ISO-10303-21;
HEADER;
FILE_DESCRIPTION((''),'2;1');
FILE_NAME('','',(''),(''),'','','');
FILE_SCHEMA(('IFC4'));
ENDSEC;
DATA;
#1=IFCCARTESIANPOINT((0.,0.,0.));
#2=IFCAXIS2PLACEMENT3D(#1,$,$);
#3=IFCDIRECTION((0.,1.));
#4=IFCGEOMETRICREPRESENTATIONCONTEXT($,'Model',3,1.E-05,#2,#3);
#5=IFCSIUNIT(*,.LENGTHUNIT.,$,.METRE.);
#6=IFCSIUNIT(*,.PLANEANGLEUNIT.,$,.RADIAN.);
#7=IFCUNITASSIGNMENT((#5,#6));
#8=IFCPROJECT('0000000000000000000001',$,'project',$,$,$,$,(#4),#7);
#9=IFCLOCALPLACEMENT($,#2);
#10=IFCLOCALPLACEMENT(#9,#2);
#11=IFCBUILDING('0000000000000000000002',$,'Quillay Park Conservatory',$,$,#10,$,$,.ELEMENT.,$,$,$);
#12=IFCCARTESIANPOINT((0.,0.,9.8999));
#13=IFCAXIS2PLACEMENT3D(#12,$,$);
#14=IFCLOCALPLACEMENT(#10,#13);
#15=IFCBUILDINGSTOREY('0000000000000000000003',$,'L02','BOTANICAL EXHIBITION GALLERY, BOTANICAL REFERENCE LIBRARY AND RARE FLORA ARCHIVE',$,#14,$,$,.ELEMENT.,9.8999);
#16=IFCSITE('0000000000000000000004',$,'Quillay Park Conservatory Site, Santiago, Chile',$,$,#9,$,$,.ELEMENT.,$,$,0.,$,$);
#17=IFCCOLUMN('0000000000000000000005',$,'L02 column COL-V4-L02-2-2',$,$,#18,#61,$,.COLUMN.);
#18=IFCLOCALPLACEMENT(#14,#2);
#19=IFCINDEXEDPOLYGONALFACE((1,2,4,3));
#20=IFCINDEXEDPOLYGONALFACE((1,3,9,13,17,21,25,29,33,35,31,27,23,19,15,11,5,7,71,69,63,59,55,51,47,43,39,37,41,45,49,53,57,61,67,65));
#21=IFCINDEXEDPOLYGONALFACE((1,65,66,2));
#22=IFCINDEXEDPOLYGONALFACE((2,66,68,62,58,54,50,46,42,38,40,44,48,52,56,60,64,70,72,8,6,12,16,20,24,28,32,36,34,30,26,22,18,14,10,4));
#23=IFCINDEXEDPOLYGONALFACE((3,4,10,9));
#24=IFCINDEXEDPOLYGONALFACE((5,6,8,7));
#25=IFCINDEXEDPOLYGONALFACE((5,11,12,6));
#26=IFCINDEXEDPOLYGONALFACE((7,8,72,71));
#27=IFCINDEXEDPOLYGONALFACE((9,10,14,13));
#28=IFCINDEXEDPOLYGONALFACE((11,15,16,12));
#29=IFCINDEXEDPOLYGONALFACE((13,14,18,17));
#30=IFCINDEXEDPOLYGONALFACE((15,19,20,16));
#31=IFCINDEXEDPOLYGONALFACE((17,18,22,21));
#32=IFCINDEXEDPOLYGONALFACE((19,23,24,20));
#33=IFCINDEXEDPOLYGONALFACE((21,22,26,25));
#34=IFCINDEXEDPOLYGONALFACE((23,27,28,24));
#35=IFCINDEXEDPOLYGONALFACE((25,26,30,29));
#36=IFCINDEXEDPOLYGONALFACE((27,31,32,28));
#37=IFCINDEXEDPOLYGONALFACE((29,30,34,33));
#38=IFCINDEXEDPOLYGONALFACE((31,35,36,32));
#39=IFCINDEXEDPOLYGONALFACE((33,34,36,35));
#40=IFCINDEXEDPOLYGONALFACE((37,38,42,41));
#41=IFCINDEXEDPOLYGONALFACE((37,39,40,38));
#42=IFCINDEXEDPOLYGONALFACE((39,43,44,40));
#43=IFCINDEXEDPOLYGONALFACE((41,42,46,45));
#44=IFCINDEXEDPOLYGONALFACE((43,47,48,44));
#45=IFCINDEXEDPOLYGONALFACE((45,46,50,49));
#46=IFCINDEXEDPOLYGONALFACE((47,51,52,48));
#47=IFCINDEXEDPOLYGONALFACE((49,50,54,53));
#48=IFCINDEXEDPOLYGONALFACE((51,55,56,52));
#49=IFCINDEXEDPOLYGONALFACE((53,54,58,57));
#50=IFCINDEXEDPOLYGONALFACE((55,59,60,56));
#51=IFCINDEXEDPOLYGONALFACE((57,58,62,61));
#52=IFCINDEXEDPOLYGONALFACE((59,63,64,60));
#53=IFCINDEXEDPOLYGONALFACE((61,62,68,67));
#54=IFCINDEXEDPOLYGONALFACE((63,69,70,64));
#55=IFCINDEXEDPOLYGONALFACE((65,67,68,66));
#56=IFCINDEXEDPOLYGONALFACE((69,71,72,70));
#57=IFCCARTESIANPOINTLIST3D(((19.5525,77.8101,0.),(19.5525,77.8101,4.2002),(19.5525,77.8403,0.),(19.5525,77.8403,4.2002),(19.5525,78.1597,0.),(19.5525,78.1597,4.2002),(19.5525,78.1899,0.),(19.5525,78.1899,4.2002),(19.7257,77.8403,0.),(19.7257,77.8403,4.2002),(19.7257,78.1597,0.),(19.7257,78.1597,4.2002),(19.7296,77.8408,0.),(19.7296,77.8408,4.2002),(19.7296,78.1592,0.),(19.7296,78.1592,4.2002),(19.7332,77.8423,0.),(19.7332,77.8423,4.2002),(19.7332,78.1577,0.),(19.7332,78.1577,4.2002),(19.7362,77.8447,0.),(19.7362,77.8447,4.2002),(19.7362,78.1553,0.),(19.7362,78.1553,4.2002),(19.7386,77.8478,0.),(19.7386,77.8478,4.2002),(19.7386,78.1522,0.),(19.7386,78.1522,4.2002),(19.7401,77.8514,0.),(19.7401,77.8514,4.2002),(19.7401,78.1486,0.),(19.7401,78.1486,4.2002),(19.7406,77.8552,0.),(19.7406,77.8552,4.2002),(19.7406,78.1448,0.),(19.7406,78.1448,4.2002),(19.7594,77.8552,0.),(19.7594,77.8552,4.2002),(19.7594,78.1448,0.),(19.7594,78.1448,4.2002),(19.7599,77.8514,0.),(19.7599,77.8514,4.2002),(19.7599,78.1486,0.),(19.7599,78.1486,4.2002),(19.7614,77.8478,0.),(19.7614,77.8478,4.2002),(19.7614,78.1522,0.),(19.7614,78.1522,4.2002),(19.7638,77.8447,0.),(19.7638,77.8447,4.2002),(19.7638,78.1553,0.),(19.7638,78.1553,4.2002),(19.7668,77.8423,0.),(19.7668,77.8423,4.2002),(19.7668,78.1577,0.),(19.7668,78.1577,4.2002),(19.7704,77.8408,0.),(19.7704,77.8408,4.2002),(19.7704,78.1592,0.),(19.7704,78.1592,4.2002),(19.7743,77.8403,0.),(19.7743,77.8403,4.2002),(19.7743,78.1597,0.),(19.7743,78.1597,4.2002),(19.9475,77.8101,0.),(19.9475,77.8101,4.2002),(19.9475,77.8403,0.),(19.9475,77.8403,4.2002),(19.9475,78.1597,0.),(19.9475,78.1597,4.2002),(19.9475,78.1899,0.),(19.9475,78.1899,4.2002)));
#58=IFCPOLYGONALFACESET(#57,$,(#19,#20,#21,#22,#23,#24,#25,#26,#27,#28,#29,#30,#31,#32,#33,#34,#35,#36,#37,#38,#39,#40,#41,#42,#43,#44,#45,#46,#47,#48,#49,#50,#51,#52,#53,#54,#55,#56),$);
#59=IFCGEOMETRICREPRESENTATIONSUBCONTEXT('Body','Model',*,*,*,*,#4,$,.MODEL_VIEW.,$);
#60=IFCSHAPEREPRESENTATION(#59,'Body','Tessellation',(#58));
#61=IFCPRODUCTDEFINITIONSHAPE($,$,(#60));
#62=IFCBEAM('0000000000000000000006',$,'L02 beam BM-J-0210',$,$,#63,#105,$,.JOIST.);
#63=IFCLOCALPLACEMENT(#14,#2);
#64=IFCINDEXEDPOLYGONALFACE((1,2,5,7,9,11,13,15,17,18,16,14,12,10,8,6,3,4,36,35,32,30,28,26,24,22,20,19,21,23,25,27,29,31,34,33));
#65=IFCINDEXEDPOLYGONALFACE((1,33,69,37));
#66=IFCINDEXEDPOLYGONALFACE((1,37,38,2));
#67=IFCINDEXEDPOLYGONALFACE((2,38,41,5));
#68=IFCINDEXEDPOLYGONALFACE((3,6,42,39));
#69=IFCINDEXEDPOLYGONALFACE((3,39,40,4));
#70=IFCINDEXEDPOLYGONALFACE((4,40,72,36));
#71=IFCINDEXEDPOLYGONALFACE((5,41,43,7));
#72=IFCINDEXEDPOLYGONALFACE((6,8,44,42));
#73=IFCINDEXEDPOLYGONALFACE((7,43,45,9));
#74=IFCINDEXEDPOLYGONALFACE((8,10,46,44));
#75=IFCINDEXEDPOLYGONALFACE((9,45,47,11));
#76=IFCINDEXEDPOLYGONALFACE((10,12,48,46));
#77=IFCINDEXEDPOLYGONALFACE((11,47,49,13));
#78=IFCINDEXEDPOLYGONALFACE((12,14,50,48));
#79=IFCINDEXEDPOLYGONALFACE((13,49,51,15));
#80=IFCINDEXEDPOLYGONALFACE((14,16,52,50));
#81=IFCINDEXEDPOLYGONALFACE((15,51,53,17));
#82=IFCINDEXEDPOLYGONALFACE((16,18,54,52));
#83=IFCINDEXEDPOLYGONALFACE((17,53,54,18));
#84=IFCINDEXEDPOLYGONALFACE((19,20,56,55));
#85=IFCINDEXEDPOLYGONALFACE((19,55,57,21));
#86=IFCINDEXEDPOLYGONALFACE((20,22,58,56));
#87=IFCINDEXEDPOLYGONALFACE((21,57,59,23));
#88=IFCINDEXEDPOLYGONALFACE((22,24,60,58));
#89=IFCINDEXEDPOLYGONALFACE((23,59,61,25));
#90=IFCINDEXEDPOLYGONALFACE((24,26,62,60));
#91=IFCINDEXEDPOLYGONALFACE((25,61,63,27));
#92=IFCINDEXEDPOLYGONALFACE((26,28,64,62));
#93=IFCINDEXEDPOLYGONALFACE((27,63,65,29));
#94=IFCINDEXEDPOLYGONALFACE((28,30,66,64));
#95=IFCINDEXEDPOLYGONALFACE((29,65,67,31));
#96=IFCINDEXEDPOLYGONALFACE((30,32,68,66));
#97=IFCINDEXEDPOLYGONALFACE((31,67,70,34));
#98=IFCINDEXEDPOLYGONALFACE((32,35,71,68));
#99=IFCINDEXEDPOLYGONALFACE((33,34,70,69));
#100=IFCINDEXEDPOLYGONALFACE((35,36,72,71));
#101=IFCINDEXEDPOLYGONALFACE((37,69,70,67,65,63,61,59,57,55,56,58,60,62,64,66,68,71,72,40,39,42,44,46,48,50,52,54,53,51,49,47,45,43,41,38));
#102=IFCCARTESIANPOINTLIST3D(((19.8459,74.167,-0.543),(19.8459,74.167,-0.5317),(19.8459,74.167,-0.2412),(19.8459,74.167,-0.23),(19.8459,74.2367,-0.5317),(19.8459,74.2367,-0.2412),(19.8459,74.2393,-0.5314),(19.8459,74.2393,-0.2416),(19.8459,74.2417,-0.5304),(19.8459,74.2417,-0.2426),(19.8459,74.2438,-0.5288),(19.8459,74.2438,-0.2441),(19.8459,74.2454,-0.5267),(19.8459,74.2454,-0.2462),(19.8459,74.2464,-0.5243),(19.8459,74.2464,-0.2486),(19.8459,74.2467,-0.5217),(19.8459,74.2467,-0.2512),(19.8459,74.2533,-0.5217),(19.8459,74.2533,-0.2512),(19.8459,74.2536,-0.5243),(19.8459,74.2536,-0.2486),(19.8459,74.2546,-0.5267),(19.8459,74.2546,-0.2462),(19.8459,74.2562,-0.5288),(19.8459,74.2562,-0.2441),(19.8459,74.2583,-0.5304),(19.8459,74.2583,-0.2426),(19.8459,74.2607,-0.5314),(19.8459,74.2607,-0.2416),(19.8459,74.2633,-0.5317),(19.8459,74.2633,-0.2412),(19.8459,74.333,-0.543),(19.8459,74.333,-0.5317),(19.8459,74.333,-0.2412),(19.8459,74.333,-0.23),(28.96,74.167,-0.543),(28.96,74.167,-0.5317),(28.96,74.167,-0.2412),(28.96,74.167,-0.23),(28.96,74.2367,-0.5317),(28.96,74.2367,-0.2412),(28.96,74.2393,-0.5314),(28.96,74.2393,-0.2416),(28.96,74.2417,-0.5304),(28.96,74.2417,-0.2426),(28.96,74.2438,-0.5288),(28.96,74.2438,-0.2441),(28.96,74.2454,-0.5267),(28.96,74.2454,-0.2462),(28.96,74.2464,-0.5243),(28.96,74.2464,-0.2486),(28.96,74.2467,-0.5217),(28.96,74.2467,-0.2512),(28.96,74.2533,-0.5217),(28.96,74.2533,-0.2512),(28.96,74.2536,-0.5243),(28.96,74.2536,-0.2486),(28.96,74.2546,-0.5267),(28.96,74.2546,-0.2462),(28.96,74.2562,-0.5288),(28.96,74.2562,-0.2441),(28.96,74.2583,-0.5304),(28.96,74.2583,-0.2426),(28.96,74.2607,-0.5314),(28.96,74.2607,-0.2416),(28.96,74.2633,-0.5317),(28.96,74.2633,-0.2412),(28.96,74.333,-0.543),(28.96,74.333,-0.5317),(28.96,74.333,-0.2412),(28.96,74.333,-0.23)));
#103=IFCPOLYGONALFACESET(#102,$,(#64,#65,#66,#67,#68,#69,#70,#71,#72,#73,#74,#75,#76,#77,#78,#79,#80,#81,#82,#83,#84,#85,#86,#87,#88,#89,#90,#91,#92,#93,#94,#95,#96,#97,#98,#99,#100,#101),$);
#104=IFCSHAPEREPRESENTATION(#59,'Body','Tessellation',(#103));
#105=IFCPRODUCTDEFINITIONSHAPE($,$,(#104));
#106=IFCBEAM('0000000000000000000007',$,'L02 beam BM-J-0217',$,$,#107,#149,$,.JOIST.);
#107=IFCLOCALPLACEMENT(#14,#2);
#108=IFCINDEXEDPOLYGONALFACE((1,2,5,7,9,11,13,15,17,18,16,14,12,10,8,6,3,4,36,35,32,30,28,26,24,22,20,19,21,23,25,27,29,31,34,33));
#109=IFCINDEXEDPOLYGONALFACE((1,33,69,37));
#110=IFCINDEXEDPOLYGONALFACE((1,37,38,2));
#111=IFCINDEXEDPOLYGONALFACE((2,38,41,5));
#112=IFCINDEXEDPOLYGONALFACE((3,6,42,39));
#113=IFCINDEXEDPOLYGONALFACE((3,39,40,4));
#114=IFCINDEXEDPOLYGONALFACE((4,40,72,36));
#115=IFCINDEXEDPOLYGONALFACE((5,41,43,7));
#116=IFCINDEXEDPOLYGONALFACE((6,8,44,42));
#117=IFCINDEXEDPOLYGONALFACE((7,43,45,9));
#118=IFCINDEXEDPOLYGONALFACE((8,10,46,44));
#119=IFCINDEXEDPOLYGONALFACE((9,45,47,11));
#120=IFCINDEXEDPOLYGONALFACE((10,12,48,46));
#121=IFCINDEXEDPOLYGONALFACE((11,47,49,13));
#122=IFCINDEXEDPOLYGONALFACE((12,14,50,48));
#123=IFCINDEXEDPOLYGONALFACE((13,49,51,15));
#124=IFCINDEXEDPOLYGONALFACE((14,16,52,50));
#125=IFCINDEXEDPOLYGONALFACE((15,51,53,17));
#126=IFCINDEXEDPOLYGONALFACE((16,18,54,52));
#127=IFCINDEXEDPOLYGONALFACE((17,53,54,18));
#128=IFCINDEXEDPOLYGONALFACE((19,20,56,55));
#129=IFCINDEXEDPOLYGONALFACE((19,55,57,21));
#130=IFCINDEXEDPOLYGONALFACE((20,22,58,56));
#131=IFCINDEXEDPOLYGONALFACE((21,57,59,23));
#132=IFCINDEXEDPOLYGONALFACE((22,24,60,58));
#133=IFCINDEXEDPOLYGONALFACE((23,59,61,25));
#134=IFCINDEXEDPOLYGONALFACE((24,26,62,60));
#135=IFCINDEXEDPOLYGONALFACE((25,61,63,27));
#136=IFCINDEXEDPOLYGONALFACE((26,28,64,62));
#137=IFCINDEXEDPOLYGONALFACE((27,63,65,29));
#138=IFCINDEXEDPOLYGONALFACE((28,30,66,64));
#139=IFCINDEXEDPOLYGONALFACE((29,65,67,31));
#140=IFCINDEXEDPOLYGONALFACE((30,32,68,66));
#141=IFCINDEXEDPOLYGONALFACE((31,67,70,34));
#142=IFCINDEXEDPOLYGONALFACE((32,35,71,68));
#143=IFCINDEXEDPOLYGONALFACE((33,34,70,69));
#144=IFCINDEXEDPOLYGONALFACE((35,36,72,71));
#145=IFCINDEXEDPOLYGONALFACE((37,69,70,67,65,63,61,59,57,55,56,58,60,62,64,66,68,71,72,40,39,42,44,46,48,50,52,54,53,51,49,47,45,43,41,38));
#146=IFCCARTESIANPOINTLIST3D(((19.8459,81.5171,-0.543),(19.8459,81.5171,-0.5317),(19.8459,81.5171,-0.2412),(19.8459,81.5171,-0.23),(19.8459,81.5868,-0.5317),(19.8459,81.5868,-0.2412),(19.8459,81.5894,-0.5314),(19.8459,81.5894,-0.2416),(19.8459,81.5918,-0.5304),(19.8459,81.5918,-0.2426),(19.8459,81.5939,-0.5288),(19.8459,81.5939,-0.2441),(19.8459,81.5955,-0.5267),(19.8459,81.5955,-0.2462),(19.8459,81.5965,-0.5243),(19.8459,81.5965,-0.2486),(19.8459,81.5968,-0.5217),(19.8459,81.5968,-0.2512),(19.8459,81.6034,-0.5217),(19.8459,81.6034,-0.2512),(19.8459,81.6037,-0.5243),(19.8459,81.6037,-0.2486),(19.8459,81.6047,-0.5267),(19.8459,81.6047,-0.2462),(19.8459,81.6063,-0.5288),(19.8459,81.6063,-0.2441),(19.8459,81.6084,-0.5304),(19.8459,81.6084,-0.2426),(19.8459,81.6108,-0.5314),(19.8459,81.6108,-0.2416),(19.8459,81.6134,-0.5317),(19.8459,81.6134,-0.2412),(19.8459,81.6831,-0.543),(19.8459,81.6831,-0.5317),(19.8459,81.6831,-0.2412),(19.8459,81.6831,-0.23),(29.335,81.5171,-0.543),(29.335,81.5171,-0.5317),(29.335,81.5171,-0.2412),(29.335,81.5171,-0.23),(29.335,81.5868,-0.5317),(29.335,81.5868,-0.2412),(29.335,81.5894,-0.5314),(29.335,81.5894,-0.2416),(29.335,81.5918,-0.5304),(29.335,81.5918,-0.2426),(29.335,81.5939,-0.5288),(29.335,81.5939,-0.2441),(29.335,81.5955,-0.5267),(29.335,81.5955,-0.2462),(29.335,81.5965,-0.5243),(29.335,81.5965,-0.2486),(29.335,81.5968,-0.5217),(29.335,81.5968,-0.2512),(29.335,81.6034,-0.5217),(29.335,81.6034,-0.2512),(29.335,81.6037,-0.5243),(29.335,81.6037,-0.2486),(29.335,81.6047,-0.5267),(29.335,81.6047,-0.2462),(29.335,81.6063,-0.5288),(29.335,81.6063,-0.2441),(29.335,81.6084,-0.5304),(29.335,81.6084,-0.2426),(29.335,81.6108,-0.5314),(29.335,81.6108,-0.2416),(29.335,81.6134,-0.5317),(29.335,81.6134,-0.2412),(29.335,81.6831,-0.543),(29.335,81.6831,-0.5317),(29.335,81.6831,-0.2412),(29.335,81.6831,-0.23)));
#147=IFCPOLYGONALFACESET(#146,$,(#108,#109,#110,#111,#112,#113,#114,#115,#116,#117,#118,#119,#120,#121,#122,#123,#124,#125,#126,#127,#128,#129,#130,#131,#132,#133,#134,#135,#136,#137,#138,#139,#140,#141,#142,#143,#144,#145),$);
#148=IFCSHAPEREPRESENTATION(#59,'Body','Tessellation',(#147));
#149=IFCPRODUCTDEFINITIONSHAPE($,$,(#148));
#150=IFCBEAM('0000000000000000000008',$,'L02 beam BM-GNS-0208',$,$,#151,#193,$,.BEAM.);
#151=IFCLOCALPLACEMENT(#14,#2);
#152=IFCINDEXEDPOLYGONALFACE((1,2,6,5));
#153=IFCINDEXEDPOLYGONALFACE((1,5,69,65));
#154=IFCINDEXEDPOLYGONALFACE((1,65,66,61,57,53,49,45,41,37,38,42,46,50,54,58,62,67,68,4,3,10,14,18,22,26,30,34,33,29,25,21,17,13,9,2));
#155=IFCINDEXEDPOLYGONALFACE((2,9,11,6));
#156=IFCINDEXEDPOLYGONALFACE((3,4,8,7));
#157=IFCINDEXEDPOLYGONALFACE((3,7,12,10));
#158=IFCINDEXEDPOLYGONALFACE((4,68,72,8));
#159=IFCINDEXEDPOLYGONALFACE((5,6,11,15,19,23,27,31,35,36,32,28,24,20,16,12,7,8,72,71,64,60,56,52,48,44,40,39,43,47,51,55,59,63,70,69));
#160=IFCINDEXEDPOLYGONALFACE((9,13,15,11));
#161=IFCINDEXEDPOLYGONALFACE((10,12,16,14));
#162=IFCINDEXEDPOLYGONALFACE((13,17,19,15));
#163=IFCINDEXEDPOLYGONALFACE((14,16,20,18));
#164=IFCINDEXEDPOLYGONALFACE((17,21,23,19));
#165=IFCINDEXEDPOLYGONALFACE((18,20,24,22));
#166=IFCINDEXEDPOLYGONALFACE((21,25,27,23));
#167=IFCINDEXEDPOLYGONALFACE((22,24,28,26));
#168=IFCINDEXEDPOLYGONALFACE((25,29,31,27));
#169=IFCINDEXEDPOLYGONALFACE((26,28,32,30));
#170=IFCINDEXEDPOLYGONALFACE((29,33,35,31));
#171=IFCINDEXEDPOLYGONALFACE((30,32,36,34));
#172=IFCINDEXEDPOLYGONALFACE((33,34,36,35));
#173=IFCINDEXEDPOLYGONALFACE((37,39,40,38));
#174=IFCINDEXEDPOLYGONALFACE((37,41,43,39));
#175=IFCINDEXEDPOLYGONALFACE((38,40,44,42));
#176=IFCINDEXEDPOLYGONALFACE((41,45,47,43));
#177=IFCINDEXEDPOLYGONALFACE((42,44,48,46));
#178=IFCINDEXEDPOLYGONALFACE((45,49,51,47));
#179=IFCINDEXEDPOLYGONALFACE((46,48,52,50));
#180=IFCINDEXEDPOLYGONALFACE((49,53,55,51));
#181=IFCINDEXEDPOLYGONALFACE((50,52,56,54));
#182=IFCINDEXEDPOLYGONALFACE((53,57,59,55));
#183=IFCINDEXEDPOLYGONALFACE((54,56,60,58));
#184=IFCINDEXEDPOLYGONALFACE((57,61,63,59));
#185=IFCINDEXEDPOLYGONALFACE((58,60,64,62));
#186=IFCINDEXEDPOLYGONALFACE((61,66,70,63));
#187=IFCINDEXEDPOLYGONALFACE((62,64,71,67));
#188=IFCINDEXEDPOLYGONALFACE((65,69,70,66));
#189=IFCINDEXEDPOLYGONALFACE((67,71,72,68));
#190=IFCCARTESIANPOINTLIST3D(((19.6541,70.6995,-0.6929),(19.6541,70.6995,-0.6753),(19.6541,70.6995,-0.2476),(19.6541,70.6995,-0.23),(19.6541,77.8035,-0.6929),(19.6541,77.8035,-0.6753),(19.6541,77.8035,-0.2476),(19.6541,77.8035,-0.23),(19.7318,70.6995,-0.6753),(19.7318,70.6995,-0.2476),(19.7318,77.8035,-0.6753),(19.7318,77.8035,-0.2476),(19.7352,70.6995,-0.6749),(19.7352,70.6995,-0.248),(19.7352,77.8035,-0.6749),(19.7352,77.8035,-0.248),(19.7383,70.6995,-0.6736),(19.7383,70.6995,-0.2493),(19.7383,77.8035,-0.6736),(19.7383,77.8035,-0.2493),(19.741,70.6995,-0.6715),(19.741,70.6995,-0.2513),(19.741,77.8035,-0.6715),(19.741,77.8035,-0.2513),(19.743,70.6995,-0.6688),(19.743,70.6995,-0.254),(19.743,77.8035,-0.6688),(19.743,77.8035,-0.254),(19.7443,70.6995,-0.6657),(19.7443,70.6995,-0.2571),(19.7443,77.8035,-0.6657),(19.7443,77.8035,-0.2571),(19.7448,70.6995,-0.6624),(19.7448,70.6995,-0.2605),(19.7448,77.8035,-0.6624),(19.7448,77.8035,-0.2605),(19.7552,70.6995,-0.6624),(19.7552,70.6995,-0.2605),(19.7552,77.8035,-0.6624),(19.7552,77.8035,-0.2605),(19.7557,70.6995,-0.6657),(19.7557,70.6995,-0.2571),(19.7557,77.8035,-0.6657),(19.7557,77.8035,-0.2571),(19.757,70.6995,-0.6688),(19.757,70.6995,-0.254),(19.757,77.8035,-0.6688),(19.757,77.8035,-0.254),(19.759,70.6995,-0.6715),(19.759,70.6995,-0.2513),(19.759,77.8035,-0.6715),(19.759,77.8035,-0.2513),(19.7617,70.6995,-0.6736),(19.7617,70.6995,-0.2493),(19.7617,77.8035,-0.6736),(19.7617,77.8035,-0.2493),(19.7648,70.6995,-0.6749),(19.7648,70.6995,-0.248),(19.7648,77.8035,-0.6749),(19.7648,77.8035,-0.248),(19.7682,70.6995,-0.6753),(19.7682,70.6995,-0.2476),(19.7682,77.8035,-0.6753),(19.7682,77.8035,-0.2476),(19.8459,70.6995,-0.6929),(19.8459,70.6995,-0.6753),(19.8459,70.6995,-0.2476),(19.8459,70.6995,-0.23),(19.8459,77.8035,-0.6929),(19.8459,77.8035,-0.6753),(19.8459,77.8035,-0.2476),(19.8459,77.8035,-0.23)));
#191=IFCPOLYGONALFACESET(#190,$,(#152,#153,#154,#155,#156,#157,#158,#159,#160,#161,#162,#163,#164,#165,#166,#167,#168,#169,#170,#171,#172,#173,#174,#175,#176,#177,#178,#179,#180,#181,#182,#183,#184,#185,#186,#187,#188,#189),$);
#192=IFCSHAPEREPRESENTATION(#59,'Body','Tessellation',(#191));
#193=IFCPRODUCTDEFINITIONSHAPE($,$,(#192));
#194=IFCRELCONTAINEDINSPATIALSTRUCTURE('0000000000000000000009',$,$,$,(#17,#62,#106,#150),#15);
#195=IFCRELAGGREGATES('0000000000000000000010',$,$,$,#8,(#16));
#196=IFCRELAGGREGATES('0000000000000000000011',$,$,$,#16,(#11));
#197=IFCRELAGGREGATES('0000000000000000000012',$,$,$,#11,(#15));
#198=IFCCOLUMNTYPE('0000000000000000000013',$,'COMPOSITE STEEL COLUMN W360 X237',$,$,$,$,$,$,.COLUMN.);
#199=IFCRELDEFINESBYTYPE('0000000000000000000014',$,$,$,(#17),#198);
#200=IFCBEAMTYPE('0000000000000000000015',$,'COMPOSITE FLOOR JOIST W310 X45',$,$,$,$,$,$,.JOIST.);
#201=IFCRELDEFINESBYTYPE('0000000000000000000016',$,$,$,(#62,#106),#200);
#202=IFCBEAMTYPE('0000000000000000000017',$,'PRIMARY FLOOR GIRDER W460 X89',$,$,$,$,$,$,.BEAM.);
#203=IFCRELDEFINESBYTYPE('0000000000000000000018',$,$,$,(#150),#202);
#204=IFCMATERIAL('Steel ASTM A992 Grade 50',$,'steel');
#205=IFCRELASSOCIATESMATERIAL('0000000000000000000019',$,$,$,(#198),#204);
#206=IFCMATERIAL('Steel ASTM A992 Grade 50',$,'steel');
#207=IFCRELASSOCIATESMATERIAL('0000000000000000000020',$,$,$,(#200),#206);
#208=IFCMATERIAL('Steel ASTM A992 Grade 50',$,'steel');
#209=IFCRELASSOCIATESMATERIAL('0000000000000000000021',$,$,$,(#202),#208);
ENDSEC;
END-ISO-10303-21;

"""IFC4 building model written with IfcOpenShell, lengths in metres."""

from ifc_helpers import new_model, si_unit, direction, frame, origin, origin_2d, place, context, subcontext, project, spatial, i_section, extrude, material, material_profile, profile_set, type_object, element, save


model = new_model("IFC4")

# Units and contexts
model_context = context("Model", 3, precision=1e-05, world=origin(), true_north=direction((0.0, 1.0)))
body_context = subcontext(model_context, "Body", "Model", "MODEL_VIEW")
ifc_project = project(units=[si_unit("LENGTHUNIT", "METRE"), si_unit("PLANEANGLEUNIT", "RADIAN")], contexts=[model_context])

# Site, building, storey
site_placement = place(None, origin())
site = spatial("IfcSite", under=ifc_project, at=site_placement, Name="Quillay Park Conservatory Site, Santiago, Chile", CompositionType="ELEMENT", RefElevation=0.0)
building_placement = place(site_placement, origin())
building = spatial("IfcBuilding", under=site, at=building_placement, Name="Quillay Park Conservatory", CompositionType="ELEMENT")
storey_placement = place(building_placement, frame((0.0, 0.0, 9.8999)))
storey = spatial("IfcBuildingStorey", under=building, at=storey_placement, Name="L02", Description="BOTANICAL EXHIBITION GALLERY, BOTANICAL REFERENCE LIBRARY AND RARE FLORA ARCHIVE", CompositionType="ELEMENT", Elevation=9.8999)

# Column
ifc_material_1 = material(Name="Steel ASTM A992 Grade 50", Category="steel")
ifc_material_profile_1 = material_profile(ifc_material_1, i_section(OverallWidth=0.395, OverallDepth=0.3799, WebThickness=0.0188, FlangeThickness=0.0303, FilletRadius=0.0149, at=origin_2d()), Name="W360x237")
ifc_profile_set_1 = profile_set([ifc_material_profile_1], Name="Steel ASTM A992 Grade 50")
column_type = type_object("IfcColumnType", Name="COMPOSITE STEEL COLUMN W360 X237", PredefinedType="COLUMN", material=ifc_profile_set_1)
column_placement = place(storey_placement, frame((19.75, 78.0, 0.0), z_axis=(0.0, 0.0, 1.0), x_axis=(1.0, 0.0, 0.0)))
element("IfcColumn", 1, at=column_placement, inside=storey, type_object=column_type, Name="L02 column COL-V4-L02-2-2", PredefinedType="COLUMN", context=body_context, shape_type="SweptSolid", body=[
    extrude(i_section(OverallWidth=0.395, OverallDepth=0.3799, WebThickness=0.0188, FlangeThickness=0.0303, FilletRadius=0.0149, at=origin_2d()), origin(), (0.0, 0.0, 1.0), 4.2002),
])

# Beams
ifc_material_2 = material(Name="Steel ASTM A992 Grade 50", Category="steel")
ifc_material_profile_2 = material_profile(ifc_material_2, i_section(OverallWidth=0.166, OverallDepth=0.313, WebThickness=0.0066, FlangeThickness=0.0112, FilletRadius=0.01, at=origin_2d()), Name="W310x45")
ifc_profile_set_2 = profile_set([ifc_material_profile_2], Name="Steel ASTM A992 Grade 50")
beam_type_1 = type_object("IfcBeamType", Name="COMPOSITE FLOOR JOIST W310 X45", PredefinedType="JOIST", material=ifc_profile_set_2)
beam_1_placement = place(storey_placement, frame((19.8459, 74.25, -0.3865), z_axis=(1.0, 0.0, 0.0), x_axis=(0.0, 1.0, 0.0)))
element("IfcBeam", 2, at=beam_1_placement, inside=storey, type_object=beam_type_1, Name="L02 beam BM-J-0210", PredefinedType="JOIST", context=body_context, shape_type="SweptSolid", body=[
    extrude(i_section(OverallWidth=0.166, OverallDepth=0.313, WebThickness=0.0066, FlangeThickness=0.0112, FilletRadius=0.01, at=origin_2d()), origin(), (0.0, 0.0, 1.0), 9.114),
])
beam_2_placement = place(storey_placement, frame((19.8459, 81.6001, -0.3865), z_axis=(1.0, 0.0, 0.0), x_axis=(0.0, 1.0, 0.0)))
element("IfcBeam", 3, at=beam_2_placement, inside=storey, type_object=beam_type_1, Name="L02 beam BM-J-0217", PredefinedType="JOIST", context=body_context, shape_type="SweptSolid", body=[
    extrude(i_section(OverallWidth=0.166, OverallDepth=0.313, WebThickness=0.0066, FlangeThickness=0.0112, FilletRadius=0.01, at=origin_2d()), origin(), (0.0, 0.0, 1.0), 9.489),
])
ifc_material_3 = material(Name="Steel ASTM A992 Grade 50", Category="steel")
ifc_material_profile_3 = material_profile(ifc_material_3, i_section(OverallWidth=0.1919, OverallDepth=0.4629, WebThickness=0.0105, FlangeThickness=0.0176, FilletRadius=0.0129, at=origin_2d()), Name="W460x89")
ifc_profile_set_3 = profile_set([ifc_material_profile_3], Name="Steel ASTM A992 Grade 50")
beam_type_2 = type_object("IfcBeamType", Name="PRIMARY FLOOR GIRDER W460 X89", PredefinedType="BEAM", material=ifc_profile_set_3)
beam_3_placement = place(storey_placement, frame((19.75, 70.6995, -0.4614), z_axis=(0.0, 1.0, 0.0), x_axis=(-1.0, 0.0, 0.0)))
element("IfcBeam", 4, at=beam_3_placement, inside=storey, type_object=beam_type_2, Name="L02 beam BM-GNS-0208", PredefinedType="BEAM", context=body_context, shape_type="SweptSolid", body=[
    extrude(i_section(OverallWidth=0.1919, OverallDepth=0.4629, WebThickness=0.0105, FlangeThickness=0.0176, FilletRadius=0.0129, at=origin_2d()), origin(), (0.0, 0.0, 1.0), 7.104),
])

save(model, "model.ifc")
